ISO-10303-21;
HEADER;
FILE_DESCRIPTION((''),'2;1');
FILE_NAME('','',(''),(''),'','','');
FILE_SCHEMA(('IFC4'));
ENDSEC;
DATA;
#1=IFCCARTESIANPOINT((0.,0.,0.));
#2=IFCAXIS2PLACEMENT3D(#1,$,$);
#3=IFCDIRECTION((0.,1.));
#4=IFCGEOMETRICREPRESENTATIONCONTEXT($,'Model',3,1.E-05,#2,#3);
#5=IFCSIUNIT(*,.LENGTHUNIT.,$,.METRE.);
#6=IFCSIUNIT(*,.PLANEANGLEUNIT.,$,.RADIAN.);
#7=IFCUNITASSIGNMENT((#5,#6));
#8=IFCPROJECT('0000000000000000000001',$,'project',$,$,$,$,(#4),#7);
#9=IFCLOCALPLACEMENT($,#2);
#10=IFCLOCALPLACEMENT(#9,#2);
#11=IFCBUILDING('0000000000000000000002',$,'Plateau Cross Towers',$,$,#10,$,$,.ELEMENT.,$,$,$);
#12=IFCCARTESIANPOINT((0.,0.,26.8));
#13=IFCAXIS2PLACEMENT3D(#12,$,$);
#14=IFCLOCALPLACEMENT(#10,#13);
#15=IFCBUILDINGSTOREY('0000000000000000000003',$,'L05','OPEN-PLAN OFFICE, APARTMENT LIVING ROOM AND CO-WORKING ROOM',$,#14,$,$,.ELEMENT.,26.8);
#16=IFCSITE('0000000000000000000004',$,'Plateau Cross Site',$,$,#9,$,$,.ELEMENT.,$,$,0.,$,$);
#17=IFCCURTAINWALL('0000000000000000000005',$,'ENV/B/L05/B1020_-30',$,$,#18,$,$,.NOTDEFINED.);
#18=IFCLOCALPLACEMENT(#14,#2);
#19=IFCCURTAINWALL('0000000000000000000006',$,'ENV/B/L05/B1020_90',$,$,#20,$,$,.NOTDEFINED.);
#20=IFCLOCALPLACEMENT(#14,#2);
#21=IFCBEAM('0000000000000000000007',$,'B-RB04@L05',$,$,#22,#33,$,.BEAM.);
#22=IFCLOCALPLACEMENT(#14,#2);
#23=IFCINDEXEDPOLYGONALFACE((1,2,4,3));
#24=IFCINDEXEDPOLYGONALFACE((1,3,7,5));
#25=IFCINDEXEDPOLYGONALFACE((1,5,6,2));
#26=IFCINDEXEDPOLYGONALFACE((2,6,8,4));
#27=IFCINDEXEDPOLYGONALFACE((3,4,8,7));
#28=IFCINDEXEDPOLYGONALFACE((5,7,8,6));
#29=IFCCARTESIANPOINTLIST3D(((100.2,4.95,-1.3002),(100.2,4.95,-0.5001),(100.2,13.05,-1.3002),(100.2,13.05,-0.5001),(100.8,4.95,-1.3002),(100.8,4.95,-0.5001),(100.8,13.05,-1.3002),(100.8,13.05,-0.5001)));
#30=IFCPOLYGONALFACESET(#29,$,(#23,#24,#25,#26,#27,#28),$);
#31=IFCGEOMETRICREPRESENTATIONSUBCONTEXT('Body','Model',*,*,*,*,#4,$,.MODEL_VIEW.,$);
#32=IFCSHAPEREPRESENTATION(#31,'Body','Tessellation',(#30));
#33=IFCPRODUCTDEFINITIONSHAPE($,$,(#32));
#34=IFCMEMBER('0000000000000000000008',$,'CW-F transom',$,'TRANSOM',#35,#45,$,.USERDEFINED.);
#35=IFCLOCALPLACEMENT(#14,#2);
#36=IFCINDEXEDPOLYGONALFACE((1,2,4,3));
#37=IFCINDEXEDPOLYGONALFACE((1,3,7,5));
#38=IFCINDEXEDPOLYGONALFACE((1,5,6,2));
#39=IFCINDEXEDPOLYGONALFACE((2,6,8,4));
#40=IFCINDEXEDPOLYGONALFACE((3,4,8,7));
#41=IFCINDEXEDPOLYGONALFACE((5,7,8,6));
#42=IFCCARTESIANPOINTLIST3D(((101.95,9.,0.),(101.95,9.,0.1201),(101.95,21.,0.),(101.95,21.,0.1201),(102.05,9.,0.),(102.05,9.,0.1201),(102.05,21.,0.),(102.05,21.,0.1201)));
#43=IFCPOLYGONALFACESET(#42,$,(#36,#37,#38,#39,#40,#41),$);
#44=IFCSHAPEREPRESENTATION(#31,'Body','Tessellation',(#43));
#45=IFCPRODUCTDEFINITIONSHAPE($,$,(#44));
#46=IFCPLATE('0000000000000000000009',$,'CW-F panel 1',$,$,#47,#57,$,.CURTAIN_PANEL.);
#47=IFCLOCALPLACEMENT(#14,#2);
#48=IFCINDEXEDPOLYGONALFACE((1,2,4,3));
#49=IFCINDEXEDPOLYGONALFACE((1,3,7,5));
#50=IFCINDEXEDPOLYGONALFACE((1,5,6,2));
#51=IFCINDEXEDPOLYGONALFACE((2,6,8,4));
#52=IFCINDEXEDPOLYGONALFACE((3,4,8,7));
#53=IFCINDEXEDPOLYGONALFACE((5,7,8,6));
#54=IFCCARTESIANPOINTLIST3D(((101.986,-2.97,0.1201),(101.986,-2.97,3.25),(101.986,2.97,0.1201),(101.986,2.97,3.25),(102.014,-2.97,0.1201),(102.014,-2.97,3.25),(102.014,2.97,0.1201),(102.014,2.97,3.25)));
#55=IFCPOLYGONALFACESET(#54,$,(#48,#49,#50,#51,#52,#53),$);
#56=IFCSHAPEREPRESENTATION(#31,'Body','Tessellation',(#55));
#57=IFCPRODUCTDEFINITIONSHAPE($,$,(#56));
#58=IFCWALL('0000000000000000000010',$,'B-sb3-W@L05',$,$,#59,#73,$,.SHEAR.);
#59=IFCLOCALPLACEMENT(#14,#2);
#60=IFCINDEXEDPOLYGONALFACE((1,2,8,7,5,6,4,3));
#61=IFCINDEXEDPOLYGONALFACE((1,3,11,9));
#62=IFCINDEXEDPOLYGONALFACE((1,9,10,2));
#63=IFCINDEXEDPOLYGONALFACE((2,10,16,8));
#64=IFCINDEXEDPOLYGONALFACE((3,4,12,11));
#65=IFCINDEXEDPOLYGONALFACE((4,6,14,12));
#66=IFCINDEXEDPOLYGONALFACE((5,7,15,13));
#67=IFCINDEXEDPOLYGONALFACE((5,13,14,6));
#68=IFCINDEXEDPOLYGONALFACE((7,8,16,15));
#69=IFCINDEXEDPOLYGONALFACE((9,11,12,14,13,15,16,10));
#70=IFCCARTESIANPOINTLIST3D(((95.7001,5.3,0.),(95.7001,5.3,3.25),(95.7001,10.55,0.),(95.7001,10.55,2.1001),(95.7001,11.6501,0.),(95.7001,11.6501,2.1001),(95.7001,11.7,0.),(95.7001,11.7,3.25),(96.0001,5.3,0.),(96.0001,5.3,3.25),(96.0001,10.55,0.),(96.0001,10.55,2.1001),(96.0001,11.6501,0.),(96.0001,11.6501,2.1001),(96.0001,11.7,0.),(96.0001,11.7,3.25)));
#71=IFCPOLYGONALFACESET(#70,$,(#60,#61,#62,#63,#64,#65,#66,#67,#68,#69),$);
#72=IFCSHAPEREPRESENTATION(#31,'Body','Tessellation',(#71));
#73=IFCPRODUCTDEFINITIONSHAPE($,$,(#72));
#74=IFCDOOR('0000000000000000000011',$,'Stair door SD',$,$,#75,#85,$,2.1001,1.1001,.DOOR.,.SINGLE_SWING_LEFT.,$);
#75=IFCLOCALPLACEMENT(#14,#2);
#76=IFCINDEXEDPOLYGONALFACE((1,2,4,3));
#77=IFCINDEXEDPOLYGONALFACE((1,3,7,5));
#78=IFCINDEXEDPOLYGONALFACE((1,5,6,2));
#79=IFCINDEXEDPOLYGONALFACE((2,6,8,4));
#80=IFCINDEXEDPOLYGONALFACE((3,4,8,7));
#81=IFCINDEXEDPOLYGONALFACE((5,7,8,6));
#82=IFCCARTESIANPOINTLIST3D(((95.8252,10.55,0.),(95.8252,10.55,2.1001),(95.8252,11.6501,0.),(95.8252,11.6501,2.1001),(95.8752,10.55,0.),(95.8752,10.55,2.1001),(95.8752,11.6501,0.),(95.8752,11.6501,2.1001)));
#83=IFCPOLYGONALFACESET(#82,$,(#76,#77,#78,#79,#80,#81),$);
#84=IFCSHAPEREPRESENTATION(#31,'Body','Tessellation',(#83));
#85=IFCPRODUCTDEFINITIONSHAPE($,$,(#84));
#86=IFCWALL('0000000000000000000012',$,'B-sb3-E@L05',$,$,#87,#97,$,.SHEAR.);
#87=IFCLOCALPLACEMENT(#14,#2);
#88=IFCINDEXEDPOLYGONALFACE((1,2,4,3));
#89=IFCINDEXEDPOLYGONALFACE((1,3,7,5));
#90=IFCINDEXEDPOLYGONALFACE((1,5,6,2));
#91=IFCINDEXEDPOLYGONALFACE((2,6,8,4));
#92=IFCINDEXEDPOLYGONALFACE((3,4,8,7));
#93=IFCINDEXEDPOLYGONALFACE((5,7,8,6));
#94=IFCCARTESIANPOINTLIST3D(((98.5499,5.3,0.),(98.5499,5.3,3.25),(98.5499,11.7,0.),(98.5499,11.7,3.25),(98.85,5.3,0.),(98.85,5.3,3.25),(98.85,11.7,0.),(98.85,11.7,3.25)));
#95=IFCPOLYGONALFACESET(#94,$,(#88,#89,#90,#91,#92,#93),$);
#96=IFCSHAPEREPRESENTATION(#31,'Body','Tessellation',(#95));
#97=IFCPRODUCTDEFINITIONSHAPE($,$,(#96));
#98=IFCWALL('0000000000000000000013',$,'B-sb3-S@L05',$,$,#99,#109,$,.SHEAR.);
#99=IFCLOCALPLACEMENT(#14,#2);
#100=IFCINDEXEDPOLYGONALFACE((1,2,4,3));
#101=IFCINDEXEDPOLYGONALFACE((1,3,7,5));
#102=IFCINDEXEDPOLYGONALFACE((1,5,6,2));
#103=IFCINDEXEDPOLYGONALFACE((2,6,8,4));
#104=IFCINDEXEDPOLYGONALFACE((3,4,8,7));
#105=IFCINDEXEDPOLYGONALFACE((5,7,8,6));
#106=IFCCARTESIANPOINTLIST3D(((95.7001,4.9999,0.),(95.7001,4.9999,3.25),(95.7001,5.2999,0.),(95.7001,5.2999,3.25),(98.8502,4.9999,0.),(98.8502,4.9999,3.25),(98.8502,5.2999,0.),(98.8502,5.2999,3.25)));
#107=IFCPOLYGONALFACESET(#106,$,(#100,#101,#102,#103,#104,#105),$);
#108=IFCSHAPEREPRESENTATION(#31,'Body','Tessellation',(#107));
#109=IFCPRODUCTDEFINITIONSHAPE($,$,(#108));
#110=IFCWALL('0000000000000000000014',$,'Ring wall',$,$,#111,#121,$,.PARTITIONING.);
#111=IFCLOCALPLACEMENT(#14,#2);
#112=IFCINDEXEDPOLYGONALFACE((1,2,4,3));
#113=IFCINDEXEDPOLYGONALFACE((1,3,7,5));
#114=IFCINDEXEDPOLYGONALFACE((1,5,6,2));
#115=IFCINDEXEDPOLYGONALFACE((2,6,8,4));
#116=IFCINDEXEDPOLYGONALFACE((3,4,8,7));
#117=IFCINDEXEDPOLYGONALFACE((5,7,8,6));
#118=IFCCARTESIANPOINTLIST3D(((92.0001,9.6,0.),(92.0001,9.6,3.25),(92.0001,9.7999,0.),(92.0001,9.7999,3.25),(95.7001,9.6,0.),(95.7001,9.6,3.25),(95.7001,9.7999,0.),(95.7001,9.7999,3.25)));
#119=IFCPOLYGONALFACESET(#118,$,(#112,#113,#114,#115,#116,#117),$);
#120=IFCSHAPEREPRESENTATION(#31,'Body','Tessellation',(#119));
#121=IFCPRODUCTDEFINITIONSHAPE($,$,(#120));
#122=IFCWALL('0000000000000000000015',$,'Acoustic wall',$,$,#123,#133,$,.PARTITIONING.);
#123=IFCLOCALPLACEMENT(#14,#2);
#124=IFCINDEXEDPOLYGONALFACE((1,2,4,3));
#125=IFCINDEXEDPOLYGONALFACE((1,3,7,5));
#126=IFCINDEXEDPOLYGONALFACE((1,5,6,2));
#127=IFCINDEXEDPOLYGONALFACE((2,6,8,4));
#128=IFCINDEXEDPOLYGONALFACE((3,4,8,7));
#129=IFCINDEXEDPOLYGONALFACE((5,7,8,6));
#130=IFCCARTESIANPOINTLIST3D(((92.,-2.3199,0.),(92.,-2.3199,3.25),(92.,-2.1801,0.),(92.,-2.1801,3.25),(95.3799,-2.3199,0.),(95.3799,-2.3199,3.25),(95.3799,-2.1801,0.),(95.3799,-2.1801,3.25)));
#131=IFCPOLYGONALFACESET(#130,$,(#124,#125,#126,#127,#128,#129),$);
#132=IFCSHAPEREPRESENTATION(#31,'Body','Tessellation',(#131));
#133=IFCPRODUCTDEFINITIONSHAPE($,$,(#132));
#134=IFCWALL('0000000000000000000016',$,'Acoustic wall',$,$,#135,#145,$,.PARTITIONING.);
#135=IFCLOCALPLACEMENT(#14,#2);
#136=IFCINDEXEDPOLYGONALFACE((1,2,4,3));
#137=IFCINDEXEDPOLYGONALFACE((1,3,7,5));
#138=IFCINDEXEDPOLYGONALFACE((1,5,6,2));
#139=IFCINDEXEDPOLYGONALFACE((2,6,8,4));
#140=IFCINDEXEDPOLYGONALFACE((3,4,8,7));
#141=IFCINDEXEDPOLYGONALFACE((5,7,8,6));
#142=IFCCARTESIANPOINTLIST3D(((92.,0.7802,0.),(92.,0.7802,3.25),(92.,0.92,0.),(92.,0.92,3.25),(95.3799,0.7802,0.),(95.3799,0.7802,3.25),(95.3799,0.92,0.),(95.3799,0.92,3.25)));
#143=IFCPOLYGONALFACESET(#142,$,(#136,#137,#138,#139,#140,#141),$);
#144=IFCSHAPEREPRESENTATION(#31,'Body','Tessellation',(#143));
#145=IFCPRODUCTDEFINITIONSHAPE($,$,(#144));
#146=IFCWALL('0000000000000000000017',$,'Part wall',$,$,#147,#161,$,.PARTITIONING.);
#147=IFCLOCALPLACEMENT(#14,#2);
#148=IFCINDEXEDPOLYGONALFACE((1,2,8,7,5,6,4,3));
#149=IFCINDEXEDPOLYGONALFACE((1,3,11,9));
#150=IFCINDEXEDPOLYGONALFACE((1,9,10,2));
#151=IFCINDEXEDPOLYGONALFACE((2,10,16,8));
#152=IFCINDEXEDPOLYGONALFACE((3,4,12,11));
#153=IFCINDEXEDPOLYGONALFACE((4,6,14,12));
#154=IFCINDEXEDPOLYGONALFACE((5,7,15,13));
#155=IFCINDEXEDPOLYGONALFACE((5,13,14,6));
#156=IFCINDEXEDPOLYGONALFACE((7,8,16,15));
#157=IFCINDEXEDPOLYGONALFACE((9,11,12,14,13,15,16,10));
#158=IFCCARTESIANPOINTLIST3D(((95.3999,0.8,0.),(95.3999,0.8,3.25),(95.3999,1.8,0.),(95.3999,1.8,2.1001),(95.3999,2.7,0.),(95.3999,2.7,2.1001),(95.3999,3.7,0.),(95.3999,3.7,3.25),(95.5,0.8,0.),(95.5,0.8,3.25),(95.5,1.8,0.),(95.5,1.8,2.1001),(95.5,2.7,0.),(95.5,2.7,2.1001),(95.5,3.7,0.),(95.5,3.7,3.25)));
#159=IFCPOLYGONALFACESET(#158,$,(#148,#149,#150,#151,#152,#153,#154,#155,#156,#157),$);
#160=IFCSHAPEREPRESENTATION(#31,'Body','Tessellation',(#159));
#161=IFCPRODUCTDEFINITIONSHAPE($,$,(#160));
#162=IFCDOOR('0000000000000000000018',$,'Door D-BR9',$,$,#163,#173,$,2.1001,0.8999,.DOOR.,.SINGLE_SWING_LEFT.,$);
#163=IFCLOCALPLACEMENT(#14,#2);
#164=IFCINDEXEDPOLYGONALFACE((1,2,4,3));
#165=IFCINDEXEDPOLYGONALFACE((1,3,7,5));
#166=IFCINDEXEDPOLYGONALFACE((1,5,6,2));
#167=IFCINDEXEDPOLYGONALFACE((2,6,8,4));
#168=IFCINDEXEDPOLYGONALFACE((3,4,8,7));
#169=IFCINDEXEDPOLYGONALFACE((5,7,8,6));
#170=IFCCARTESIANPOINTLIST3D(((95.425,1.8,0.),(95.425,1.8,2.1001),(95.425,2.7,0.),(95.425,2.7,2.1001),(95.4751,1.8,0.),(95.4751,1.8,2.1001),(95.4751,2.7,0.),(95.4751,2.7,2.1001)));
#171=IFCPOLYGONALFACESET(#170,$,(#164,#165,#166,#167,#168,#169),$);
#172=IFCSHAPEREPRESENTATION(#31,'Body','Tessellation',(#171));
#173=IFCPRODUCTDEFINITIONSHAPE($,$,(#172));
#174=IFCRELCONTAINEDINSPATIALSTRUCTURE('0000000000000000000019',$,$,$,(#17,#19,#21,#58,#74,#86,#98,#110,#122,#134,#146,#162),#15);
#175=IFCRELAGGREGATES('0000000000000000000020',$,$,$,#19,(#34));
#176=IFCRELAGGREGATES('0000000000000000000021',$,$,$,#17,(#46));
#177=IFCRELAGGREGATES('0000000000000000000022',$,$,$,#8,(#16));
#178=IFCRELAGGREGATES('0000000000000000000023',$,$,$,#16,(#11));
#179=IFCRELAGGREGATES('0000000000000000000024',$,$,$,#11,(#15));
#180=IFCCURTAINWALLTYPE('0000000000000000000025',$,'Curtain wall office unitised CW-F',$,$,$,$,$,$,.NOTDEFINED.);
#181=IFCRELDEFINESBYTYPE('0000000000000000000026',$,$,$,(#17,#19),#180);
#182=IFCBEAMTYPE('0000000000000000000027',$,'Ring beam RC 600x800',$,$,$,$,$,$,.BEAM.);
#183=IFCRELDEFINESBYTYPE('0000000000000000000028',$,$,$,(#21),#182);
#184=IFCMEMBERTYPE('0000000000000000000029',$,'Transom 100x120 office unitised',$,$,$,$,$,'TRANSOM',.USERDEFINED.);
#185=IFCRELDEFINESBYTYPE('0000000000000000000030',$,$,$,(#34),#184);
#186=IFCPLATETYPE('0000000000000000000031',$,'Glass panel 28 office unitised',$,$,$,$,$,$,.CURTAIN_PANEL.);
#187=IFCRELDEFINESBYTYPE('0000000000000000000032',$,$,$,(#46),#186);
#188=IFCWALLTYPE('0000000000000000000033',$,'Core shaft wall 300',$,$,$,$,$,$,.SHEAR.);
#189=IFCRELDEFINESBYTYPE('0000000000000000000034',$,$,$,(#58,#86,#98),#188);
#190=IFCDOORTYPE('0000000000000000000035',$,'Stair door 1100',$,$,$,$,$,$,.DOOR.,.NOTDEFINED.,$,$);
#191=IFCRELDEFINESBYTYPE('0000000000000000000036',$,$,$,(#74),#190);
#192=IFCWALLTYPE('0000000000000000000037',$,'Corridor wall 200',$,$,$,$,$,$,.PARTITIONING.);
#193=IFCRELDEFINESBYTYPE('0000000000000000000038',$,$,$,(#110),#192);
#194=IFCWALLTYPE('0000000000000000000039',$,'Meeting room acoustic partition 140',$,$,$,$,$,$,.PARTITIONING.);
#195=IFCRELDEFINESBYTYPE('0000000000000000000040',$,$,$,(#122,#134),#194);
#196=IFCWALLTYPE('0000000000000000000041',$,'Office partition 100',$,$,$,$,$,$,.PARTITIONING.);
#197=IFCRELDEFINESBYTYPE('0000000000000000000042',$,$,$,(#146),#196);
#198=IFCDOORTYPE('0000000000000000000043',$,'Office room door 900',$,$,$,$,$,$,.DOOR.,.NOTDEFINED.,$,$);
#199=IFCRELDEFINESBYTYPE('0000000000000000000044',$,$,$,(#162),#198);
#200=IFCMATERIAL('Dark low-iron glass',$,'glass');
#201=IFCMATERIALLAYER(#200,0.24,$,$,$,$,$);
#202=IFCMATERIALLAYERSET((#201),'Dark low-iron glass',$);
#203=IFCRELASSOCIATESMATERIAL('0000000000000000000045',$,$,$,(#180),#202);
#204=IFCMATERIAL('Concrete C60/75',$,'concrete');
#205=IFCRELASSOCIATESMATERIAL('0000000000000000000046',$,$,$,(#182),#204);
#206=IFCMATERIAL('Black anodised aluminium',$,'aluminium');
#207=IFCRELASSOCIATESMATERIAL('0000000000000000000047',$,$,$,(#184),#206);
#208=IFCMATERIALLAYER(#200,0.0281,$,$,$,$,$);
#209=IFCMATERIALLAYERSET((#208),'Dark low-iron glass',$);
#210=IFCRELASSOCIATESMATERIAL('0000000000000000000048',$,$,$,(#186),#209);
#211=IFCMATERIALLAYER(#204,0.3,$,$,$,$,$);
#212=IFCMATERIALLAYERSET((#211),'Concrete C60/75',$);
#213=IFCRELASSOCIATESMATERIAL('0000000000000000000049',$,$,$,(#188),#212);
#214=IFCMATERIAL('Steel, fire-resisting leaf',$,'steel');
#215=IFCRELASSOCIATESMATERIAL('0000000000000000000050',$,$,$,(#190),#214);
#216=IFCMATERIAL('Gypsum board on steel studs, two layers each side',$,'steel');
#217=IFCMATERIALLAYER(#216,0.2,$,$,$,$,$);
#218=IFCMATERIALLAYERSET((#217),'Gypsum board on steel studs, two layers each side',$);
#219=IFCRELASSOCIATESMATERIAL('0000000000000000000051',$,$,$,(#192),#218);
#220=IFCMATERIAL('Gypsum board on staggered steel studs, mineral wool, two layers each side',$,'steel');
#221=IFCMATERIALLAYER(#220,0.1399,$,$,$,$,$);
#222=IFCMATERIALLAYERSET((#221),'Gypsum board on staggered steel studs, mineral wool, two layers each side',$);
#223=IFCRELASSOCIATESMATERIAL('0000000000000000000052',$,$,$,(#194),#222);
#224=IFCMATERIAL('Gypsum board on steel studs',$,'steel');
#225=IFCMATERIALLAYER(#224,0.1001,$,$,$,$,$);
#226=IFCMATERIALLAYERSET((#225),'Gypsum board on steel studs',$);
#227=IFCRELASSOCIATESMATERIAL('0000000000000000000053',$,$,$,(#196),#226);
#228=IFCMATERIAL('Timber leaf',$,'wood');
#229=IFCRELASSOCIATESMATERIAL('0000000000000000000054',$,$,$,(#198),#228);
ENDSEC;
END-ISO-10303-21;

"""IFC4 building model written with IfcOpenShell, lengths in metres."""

from ifc_helpers import new_model, si_unit, direction, frame, frame_2d, origin, origin_2d, place, context, subcontext, project, spatial, rectangle, extrude, material, layer, layer_set, material_profile, profile_set, type_object, element, fill, aggregate, save


model = new_model("IFC4")

# Units and contexts
model_context = context("Model", 3, precision=1e-05, world=origin(), true_north=direction((0.0, 1.0)))
body_context = subcontext(model_context, "Body", "Model", "MODEL_VIEW")
ifc_project = project(units=[si_unit("LENGTHUNIT", "METRE"), si_unit("PLANEANGLEUNIT", "RADIAN")], contexts=[model_context])

# Site, building, storey
site_placement = place(None, origin())
site = spatial("IfcSite", under=ifc_project, at=site_placement, Name="Plateau Cross Site", CompositionType="ELEMENT", RefElevation=0.0)
building_placement = place(site_placement, origin())
building = spatial("IfcBuilding", under=site, at=building_placement, Name="Plateau Cross Towers", CompositionType="ELEMENT")
storey_placement = place(building_placement, frame((0.0, 0.0, 26.8)))
storey = spatial("IfcBuildingStorey", under=building, at=storey_placement, Name="L05", Description="OPEN-PLAN OFFICE, APARTMENT LIVING ROOM AND CO-WORKING ROOM", CompositionType="ELEMENT", Elevation=26.8)

# Shared definitions
ifc_material_1 = material(Name="Concrete C60/75", Category="concrete")

# Curtain walls
ifc_material_2 = material(Name="Dark low-iron glass", Category="glass")
ifc_layer_1 = layer(ifc_material_2, 0.24)
ifc_layer_set_1 = layer_set([ifc_layer_1], Name="Dark low-iron glass")
curtain_wall_type = type_object("IfcCurtainWallType", Name="Curtain wall office unitised CW-F", PredefinedType="NOTDEFINED", material=ifc_layer_set_1)
curtain_wall_1_placement = place(storey_placement, origin())
curtain_wall_1 = element("IfcCurtainWall", 1, at=curtain_wall_1_placement, inside=storey, type_object=curtain_wall_type, Name="ENV/B/L05/B1020_-30", PredefinedType="NOTDEFINED")
ifc_material_3 = material(Name="Black anodised aluminium", Category="aluminium")
curtain_wall_2_placement = place(storey_placement, origin())
curtain_wall_2 = element("IfcCurtainWall", 2, at=curtain_wall_2_placement, inside=storey, type_object=curtain_wall_type, Name="ENV/B/L05/B1020_90", PredefinedType="NOTDEFINED")

# Beam
ifc_material_profile_1 = material_profile(ifc_material_1, rectangle(XDim=0.6001, YDim=0.8, at=origin_2d()), Name="RC 600x800")
ifc_profile_set_1 = profile_set([ifc_material_profile_1], Name="Concrete C60/75")
beam_type_1 = type_object("IfcBeamType", Name="Ring beam RC 600x800", PredefinedType="BEAM", material=ifc_profile_set_1)
beam_1_placement = place(storey_placement, frame((100.5, 4.95, -0.9001), z_axis=(0.0, 1.0, 0.0), x_axis=(-1.0, 0.0, 0.0)))
element("IfcBeam", 3, at=beam_1_placement, inside=storey, type_object=beam_type_1, Name="B-RB04@L05", PredefinedType="BEAM", context=body_context, shape_type="SweptSolid", body=[
    extrude(rectangle(XDim=0.6001, YDim=0.8, at=origin_2d()), origin(), (0.0, 0.0, 1.0), 8.1001),
])

# Member
ifc_material_profile_2 = material_profile(ifc_material_3, rectangle(XDim=0.1001, YDim=0.1201, at=origin_2d()), Name="TRANSOM 100x120")
ifc_profile_set_2 = profile_set([ifc_material_profile_2], Name="Black anodised aluminium")
member_type_1 = type_object("IfcMemberType", Name="Transom 100x120 office unitised", ElementType="TRANSOM", PredefinedType="USERDEFINED", material=ifc_profile_set_2)
member_1_placement = place(storey_placement, frame((102.0, 9.0, 0.0601), z_axis=(0.0, 1.0, 0.0), x_axis=(-1.0, 0.0, 0.0)))
member_1 = element("IfcMember", 4, at=member_1_placement, type_object=member_type_1, Name="CW-F transom", ObjectType="TRANSOM", PredefinedType="USERDEFINED", context=body_context, shape_type="SweptSolid", body=[
    extrude(rectangle(XDim=0.1001, YDim=0.1201, at=origin_2d()), origin(), (0.0, 0.0, 1.0), 12.0),
])
aggregate(curtain_wall_2, [member_1])

# Plate
ifc_layer_2 = layer(ifc_material_2, 0.0281)
ifc_layer_set_2 = layer_set([ifc_layer_2], Name="Dark low-iron glass")
plate_type = type_object("IfcPlateType", Name="Glass panel 28 office unitised", PredefinedType="CURTAIN_PANEL", material=ifc_layer_set_2)
plate_placement = place(storey_placement, frame((102.0, 0.0, 0.1201), z_axis=(0.0, 0.0, 1.0), x_axis=(0.0, 1.0, 0.0)))
plate = element("IfcPlate", 5, at=plate_placement, type_object=plate_type, Name="CW-F panel 1", PredefinedType="CURTAIN_PANEL", context=body_context, shape_type="SweptSolid", body=[
    extrude(rectangle(XDim=5.9399, YDim=0.0281, at=origin_2d()), origin(), (0.0, 0.0, 1.0), 3.1299),
])
aggregate(curtain_wall_1, [plate])

# Wall, opening, door
ifc_layer_3 = layer(ifc_material_1, 0.3)
ifc_layer_set_3 = layer_set([ifc_layer_3], Name="Concrete C60/75")
wall_type_1 = type_object("IfcWallType", Name="Core shaft wall 300", PredefinedType="SHEAR", material=ifc_layer_set_3)
wall_1_placement = place(storey_placement, frame((95.8501, 5.3, 0.0), z_axis=(0.0, 0.0, 1.0), x_axis=(0.0, 1.0, 0.0)))
wall_1 = element("IfcWall", 6, at=wall_1_placement, inside=storey, type_object=wall_type_1, Name="B-sb3-W@L05", PredefinedType="SHEAR", context=body_context, shape_type="SweptSolid", body=[
    extrude(rectangle(XDim=6.3999, YDim=0.3, at=frame_2d((3.2, 0.0))), origin(), (0.0, 0.0, 1.0), 3.25),
])
opening_1_placement = place(wall_1_placement, frame((5.25, 0.0, 0.0)))
opening_1 = element("IfcOpeningElement", 7, at=opening_1_placement, cuts=wall_1, PredefinedType="OPENING", context=body_context, shape_type="SweptSolid", body=[
    extrude(rectangle(XDim=1.1001, YDim=2.1001, at=frame_2d((0.55, 1.05))), frame((0.0, 0.1599, 0.0), z_axis=(0.0, -1.0, 0.0), x_axis=(1.0, 0.0, 0.0)), (0.0, 0.0, 1.0), 0.3201),
])
ifc_material_4 = material(Name="Steel, fire-resisting leaf", Category="steel")
door_type_1 = type_object("IfcDoorType", Name="Stair door 1100", OperationType="NOTDEFINED", PredefinedType="DOOR", material=ifc_material_4)
door_1_placement = place(opening_1_placement, origin())
door_1 = element("IfcDoor", 8, at=door_1_placement, inside=storey, type_object=door_type_1, Name="Stair door SD", OperationType="SINGLE_SWING_LEFT", OverallHeight=2.1001, OverallWidth=1.1001, PredefinedType="DOOR", context=body_context, shape_type="SweptSolid", body=[
    extrude(rectangle(XDim=1.1001, YDim=2.1001, at=frame_2d((0.55, 1.05))), frame((0.0, 0.0249, 0.0), z_axis=(0.0, -1.0, 0.0), x_axis=(1.0, 0.0, 0.0)), (0.0, 0.0, 1.0), 0.05),
])
fill(opening_1, door_1)

# Walls
wall_2_placement = place(storey_placement, frame((98.7, 5.3, 0.0), z_axis=(0.0, 0.0, 1.0), x_axis=(0.0, 1.0, 0.0)))
element("IfcWall", 9, at=wall_2_placement, inside=storey, type_object=wall_type_1, Name="B-sb3-E@L05", PredefinedType="SHEAR", context=body_context, shape_type="SweptSolid", body=[
    extrude(rectangle(XDim=6.3999, YDim=0.3, at=frame_2d((3.2, 0.0))), origin(), (0.0, 0.0, 1.0), 3.25),
])
wall_3_placement = place(storey_placement, frame((95.7, 5.1499, 0.0), z_axis=(0.0, 0.0, 1.0), x_axis=(1.0, 0.0, 0.0)))
element("IfcWall", 10, at=wall_3_placement, inside=storey, type_object=wall_type_1, Name="B-sb3-S@L05", PredefinedType="SHEAR", context=body_context, shape_type="SweptSolid", body=[
    extrude(rectangle(XDim=3.1501, YDim=0.3, at=frame_2d((1.5752, 0.0))), origin(), (0.0, 0.0, 1.0), 3.25),
])
ifc_material_5 = material(Name="Gypsum board on steel studs, two layers each side", Category="steel")
ifc_layer_4 = layer(ifc_material_5, 0.2)
ifc_layer_set_4 = layer_set([ifc_layer_4], Name="Gypsum board on steel studs, two layers each side")
wall_type_2 = type_object("IfcWallType", Name="Corridor wall 200", PredefinedType="PARTITIONING", material=ifc_layer_set_4)
wall_4_placement = place(storey_placement, frame((92.0, 9.7, 0.0), z_axis=(0.0, 0.0, 1.0), x_axis=(1.0, 0.0, 0.0)))
element("IfcWall", 11, at=wall_4_placement, inside=storey, type_object=wall_type_2, Name="Ring wall", PredefinedType="PARTITIONING", context=body_context, shape_type="SweptSolid", body=[
    extrude(rectangle(XDim=3.7, YDim=0.2, at=frame_2d((1.8501, 0.0))), origin(), (0.0, 0.0, 1.0), 3.25),
])

# Walls
ifc_material_6 = material(Name="Gypsum board on staggered steel studs, mineral wool, two layers each side", Category="steel")
ifc_layer_5 = layer(ifc_material_6, 0.1399)
ifc_layer_set_5 = layer_set([ifc_layer_5], Name="Gypsum board on staggered steel studs, mineral wool, two layers each side")
wall_type_3 = type_object("IfcWallType", Name="Meeting room acoustic partition 140", PredefinedType="PARTITIONING", material=ifc_layer_set_5)
for number, where, z_axis, x_axis, name in (
    (12, (92.0, -2.25, 0.0), (0.0, 0.0, 1.0), (1.0, 0.0, 0.0), "Acoustic wall"),
    (13, (92.0, 0.8501, 0.0), (0.0, 0.0, 1.0), (1.0, 0.0, 0.0), "Acoustic wall"),
):
    element("IfcWall", number, at=place(storey_placement, frame(where, z_axis=z_axis, x_axis=x_axis)), inside=storey, type_object=wall_type_3, Name=name, PredefinedType="PARTITIONING", context=body_context, shape_type="SweptSolid", body=[
        extrude(rectangle(XDim=3.3799, YDim=0.1399, at=frame_2d((1.6899, 0.0))), origin(), (0.0, 0.0, 1.0), 3.25),
    ])

# Wall, opening, door
ifc_material_7 = material(Name="Gypsum board on steel studs", Category="steel")
ifc_layer_6 = layer(ifc_material_7, 0.1001)
ifc_layer_set_6 = layer_set([ifc_layer_6], Name="Gypsum board on steel studs")
wall_type_4 = type_object("IfcWallType", Name="Office partition 100", PredefinedType="PARTITIONING", material=ifc_layer_set_6)
wall_5_placement = place(storey_placement, frame((95.45, 0.8, 0.0), z_axis=(0.0, 0.0, 1.0), x_axis=(0.0, 1.0, 0.0)))
wall_5 = element("IfcWall", 14, at=wall_5_placement, inside=storey, type_object=wall_type_4, Name="Part wall", PredefinedType="PARTITIONING", context=body_context, shape_type="SweptSolid", body=[
    extrude(rectangle(XDim=2.8999, YDim=0.1001, at=frame_2d((1.45, 0.0))), origin(), (0.0, 0.0, 1.0), 3.25),
])
opening_2_placement = place(wall_5_placement, frame((1.0, 0.0, 0.0)))
opening_2 = element("IfcOpeningElement", 15, at=opening_2_placement, cuts=wall_5, PredefinedType="OPENING", context=body_context, shape_type="SweptSolid", body=[
    extrude(rectangle(XDim=0.8999, YDim=2.1001, at=frame_2d((0.45, 1.05))), frame((0.0, 0.0601, 0.0), z_axis=(0.0, -1.0, 0.0), x_axis=(1.0, 0.0, 0.0)), (0.0, 0.0, 1.0), 0.1201),
])
ifc_material_8 = material(Name="Timber leaf", Category="wood")
door_type_2 = type_object("IfcDoorType", Name="Office room door 900", OperationType="NOTDEFINED", PredefinedType="DOOR", material=ifc_material_8)
door_2_placement = place(opening_2_placement, origin())
door_2 = element("IfcDoor", 16, at=door_2_placement, inside=storey, type_object=door_type_2, Name="Door D-BR9", OperationType="SINGLE_SWING_LEFT", OverallHeight=2.1001, OverallWidth=0.8999, PredefinedType="DOOR", context=body_context, shape_type="SweptSolid", body=[
    extrude(rectangle(XDim=0.8999, YDim=2.1001, at=frame_2d((0.45, 1.05))), frame((0.0, 0.0249, 0.0), z_axis=(0.0, -1.0, 0.0), x_axis=(1.0, 0.0, 0.0)), (0.0, 0.0, 1.0), 0.05),
])
fill(opening_2, door_2)

save(model, "model.ifc")
